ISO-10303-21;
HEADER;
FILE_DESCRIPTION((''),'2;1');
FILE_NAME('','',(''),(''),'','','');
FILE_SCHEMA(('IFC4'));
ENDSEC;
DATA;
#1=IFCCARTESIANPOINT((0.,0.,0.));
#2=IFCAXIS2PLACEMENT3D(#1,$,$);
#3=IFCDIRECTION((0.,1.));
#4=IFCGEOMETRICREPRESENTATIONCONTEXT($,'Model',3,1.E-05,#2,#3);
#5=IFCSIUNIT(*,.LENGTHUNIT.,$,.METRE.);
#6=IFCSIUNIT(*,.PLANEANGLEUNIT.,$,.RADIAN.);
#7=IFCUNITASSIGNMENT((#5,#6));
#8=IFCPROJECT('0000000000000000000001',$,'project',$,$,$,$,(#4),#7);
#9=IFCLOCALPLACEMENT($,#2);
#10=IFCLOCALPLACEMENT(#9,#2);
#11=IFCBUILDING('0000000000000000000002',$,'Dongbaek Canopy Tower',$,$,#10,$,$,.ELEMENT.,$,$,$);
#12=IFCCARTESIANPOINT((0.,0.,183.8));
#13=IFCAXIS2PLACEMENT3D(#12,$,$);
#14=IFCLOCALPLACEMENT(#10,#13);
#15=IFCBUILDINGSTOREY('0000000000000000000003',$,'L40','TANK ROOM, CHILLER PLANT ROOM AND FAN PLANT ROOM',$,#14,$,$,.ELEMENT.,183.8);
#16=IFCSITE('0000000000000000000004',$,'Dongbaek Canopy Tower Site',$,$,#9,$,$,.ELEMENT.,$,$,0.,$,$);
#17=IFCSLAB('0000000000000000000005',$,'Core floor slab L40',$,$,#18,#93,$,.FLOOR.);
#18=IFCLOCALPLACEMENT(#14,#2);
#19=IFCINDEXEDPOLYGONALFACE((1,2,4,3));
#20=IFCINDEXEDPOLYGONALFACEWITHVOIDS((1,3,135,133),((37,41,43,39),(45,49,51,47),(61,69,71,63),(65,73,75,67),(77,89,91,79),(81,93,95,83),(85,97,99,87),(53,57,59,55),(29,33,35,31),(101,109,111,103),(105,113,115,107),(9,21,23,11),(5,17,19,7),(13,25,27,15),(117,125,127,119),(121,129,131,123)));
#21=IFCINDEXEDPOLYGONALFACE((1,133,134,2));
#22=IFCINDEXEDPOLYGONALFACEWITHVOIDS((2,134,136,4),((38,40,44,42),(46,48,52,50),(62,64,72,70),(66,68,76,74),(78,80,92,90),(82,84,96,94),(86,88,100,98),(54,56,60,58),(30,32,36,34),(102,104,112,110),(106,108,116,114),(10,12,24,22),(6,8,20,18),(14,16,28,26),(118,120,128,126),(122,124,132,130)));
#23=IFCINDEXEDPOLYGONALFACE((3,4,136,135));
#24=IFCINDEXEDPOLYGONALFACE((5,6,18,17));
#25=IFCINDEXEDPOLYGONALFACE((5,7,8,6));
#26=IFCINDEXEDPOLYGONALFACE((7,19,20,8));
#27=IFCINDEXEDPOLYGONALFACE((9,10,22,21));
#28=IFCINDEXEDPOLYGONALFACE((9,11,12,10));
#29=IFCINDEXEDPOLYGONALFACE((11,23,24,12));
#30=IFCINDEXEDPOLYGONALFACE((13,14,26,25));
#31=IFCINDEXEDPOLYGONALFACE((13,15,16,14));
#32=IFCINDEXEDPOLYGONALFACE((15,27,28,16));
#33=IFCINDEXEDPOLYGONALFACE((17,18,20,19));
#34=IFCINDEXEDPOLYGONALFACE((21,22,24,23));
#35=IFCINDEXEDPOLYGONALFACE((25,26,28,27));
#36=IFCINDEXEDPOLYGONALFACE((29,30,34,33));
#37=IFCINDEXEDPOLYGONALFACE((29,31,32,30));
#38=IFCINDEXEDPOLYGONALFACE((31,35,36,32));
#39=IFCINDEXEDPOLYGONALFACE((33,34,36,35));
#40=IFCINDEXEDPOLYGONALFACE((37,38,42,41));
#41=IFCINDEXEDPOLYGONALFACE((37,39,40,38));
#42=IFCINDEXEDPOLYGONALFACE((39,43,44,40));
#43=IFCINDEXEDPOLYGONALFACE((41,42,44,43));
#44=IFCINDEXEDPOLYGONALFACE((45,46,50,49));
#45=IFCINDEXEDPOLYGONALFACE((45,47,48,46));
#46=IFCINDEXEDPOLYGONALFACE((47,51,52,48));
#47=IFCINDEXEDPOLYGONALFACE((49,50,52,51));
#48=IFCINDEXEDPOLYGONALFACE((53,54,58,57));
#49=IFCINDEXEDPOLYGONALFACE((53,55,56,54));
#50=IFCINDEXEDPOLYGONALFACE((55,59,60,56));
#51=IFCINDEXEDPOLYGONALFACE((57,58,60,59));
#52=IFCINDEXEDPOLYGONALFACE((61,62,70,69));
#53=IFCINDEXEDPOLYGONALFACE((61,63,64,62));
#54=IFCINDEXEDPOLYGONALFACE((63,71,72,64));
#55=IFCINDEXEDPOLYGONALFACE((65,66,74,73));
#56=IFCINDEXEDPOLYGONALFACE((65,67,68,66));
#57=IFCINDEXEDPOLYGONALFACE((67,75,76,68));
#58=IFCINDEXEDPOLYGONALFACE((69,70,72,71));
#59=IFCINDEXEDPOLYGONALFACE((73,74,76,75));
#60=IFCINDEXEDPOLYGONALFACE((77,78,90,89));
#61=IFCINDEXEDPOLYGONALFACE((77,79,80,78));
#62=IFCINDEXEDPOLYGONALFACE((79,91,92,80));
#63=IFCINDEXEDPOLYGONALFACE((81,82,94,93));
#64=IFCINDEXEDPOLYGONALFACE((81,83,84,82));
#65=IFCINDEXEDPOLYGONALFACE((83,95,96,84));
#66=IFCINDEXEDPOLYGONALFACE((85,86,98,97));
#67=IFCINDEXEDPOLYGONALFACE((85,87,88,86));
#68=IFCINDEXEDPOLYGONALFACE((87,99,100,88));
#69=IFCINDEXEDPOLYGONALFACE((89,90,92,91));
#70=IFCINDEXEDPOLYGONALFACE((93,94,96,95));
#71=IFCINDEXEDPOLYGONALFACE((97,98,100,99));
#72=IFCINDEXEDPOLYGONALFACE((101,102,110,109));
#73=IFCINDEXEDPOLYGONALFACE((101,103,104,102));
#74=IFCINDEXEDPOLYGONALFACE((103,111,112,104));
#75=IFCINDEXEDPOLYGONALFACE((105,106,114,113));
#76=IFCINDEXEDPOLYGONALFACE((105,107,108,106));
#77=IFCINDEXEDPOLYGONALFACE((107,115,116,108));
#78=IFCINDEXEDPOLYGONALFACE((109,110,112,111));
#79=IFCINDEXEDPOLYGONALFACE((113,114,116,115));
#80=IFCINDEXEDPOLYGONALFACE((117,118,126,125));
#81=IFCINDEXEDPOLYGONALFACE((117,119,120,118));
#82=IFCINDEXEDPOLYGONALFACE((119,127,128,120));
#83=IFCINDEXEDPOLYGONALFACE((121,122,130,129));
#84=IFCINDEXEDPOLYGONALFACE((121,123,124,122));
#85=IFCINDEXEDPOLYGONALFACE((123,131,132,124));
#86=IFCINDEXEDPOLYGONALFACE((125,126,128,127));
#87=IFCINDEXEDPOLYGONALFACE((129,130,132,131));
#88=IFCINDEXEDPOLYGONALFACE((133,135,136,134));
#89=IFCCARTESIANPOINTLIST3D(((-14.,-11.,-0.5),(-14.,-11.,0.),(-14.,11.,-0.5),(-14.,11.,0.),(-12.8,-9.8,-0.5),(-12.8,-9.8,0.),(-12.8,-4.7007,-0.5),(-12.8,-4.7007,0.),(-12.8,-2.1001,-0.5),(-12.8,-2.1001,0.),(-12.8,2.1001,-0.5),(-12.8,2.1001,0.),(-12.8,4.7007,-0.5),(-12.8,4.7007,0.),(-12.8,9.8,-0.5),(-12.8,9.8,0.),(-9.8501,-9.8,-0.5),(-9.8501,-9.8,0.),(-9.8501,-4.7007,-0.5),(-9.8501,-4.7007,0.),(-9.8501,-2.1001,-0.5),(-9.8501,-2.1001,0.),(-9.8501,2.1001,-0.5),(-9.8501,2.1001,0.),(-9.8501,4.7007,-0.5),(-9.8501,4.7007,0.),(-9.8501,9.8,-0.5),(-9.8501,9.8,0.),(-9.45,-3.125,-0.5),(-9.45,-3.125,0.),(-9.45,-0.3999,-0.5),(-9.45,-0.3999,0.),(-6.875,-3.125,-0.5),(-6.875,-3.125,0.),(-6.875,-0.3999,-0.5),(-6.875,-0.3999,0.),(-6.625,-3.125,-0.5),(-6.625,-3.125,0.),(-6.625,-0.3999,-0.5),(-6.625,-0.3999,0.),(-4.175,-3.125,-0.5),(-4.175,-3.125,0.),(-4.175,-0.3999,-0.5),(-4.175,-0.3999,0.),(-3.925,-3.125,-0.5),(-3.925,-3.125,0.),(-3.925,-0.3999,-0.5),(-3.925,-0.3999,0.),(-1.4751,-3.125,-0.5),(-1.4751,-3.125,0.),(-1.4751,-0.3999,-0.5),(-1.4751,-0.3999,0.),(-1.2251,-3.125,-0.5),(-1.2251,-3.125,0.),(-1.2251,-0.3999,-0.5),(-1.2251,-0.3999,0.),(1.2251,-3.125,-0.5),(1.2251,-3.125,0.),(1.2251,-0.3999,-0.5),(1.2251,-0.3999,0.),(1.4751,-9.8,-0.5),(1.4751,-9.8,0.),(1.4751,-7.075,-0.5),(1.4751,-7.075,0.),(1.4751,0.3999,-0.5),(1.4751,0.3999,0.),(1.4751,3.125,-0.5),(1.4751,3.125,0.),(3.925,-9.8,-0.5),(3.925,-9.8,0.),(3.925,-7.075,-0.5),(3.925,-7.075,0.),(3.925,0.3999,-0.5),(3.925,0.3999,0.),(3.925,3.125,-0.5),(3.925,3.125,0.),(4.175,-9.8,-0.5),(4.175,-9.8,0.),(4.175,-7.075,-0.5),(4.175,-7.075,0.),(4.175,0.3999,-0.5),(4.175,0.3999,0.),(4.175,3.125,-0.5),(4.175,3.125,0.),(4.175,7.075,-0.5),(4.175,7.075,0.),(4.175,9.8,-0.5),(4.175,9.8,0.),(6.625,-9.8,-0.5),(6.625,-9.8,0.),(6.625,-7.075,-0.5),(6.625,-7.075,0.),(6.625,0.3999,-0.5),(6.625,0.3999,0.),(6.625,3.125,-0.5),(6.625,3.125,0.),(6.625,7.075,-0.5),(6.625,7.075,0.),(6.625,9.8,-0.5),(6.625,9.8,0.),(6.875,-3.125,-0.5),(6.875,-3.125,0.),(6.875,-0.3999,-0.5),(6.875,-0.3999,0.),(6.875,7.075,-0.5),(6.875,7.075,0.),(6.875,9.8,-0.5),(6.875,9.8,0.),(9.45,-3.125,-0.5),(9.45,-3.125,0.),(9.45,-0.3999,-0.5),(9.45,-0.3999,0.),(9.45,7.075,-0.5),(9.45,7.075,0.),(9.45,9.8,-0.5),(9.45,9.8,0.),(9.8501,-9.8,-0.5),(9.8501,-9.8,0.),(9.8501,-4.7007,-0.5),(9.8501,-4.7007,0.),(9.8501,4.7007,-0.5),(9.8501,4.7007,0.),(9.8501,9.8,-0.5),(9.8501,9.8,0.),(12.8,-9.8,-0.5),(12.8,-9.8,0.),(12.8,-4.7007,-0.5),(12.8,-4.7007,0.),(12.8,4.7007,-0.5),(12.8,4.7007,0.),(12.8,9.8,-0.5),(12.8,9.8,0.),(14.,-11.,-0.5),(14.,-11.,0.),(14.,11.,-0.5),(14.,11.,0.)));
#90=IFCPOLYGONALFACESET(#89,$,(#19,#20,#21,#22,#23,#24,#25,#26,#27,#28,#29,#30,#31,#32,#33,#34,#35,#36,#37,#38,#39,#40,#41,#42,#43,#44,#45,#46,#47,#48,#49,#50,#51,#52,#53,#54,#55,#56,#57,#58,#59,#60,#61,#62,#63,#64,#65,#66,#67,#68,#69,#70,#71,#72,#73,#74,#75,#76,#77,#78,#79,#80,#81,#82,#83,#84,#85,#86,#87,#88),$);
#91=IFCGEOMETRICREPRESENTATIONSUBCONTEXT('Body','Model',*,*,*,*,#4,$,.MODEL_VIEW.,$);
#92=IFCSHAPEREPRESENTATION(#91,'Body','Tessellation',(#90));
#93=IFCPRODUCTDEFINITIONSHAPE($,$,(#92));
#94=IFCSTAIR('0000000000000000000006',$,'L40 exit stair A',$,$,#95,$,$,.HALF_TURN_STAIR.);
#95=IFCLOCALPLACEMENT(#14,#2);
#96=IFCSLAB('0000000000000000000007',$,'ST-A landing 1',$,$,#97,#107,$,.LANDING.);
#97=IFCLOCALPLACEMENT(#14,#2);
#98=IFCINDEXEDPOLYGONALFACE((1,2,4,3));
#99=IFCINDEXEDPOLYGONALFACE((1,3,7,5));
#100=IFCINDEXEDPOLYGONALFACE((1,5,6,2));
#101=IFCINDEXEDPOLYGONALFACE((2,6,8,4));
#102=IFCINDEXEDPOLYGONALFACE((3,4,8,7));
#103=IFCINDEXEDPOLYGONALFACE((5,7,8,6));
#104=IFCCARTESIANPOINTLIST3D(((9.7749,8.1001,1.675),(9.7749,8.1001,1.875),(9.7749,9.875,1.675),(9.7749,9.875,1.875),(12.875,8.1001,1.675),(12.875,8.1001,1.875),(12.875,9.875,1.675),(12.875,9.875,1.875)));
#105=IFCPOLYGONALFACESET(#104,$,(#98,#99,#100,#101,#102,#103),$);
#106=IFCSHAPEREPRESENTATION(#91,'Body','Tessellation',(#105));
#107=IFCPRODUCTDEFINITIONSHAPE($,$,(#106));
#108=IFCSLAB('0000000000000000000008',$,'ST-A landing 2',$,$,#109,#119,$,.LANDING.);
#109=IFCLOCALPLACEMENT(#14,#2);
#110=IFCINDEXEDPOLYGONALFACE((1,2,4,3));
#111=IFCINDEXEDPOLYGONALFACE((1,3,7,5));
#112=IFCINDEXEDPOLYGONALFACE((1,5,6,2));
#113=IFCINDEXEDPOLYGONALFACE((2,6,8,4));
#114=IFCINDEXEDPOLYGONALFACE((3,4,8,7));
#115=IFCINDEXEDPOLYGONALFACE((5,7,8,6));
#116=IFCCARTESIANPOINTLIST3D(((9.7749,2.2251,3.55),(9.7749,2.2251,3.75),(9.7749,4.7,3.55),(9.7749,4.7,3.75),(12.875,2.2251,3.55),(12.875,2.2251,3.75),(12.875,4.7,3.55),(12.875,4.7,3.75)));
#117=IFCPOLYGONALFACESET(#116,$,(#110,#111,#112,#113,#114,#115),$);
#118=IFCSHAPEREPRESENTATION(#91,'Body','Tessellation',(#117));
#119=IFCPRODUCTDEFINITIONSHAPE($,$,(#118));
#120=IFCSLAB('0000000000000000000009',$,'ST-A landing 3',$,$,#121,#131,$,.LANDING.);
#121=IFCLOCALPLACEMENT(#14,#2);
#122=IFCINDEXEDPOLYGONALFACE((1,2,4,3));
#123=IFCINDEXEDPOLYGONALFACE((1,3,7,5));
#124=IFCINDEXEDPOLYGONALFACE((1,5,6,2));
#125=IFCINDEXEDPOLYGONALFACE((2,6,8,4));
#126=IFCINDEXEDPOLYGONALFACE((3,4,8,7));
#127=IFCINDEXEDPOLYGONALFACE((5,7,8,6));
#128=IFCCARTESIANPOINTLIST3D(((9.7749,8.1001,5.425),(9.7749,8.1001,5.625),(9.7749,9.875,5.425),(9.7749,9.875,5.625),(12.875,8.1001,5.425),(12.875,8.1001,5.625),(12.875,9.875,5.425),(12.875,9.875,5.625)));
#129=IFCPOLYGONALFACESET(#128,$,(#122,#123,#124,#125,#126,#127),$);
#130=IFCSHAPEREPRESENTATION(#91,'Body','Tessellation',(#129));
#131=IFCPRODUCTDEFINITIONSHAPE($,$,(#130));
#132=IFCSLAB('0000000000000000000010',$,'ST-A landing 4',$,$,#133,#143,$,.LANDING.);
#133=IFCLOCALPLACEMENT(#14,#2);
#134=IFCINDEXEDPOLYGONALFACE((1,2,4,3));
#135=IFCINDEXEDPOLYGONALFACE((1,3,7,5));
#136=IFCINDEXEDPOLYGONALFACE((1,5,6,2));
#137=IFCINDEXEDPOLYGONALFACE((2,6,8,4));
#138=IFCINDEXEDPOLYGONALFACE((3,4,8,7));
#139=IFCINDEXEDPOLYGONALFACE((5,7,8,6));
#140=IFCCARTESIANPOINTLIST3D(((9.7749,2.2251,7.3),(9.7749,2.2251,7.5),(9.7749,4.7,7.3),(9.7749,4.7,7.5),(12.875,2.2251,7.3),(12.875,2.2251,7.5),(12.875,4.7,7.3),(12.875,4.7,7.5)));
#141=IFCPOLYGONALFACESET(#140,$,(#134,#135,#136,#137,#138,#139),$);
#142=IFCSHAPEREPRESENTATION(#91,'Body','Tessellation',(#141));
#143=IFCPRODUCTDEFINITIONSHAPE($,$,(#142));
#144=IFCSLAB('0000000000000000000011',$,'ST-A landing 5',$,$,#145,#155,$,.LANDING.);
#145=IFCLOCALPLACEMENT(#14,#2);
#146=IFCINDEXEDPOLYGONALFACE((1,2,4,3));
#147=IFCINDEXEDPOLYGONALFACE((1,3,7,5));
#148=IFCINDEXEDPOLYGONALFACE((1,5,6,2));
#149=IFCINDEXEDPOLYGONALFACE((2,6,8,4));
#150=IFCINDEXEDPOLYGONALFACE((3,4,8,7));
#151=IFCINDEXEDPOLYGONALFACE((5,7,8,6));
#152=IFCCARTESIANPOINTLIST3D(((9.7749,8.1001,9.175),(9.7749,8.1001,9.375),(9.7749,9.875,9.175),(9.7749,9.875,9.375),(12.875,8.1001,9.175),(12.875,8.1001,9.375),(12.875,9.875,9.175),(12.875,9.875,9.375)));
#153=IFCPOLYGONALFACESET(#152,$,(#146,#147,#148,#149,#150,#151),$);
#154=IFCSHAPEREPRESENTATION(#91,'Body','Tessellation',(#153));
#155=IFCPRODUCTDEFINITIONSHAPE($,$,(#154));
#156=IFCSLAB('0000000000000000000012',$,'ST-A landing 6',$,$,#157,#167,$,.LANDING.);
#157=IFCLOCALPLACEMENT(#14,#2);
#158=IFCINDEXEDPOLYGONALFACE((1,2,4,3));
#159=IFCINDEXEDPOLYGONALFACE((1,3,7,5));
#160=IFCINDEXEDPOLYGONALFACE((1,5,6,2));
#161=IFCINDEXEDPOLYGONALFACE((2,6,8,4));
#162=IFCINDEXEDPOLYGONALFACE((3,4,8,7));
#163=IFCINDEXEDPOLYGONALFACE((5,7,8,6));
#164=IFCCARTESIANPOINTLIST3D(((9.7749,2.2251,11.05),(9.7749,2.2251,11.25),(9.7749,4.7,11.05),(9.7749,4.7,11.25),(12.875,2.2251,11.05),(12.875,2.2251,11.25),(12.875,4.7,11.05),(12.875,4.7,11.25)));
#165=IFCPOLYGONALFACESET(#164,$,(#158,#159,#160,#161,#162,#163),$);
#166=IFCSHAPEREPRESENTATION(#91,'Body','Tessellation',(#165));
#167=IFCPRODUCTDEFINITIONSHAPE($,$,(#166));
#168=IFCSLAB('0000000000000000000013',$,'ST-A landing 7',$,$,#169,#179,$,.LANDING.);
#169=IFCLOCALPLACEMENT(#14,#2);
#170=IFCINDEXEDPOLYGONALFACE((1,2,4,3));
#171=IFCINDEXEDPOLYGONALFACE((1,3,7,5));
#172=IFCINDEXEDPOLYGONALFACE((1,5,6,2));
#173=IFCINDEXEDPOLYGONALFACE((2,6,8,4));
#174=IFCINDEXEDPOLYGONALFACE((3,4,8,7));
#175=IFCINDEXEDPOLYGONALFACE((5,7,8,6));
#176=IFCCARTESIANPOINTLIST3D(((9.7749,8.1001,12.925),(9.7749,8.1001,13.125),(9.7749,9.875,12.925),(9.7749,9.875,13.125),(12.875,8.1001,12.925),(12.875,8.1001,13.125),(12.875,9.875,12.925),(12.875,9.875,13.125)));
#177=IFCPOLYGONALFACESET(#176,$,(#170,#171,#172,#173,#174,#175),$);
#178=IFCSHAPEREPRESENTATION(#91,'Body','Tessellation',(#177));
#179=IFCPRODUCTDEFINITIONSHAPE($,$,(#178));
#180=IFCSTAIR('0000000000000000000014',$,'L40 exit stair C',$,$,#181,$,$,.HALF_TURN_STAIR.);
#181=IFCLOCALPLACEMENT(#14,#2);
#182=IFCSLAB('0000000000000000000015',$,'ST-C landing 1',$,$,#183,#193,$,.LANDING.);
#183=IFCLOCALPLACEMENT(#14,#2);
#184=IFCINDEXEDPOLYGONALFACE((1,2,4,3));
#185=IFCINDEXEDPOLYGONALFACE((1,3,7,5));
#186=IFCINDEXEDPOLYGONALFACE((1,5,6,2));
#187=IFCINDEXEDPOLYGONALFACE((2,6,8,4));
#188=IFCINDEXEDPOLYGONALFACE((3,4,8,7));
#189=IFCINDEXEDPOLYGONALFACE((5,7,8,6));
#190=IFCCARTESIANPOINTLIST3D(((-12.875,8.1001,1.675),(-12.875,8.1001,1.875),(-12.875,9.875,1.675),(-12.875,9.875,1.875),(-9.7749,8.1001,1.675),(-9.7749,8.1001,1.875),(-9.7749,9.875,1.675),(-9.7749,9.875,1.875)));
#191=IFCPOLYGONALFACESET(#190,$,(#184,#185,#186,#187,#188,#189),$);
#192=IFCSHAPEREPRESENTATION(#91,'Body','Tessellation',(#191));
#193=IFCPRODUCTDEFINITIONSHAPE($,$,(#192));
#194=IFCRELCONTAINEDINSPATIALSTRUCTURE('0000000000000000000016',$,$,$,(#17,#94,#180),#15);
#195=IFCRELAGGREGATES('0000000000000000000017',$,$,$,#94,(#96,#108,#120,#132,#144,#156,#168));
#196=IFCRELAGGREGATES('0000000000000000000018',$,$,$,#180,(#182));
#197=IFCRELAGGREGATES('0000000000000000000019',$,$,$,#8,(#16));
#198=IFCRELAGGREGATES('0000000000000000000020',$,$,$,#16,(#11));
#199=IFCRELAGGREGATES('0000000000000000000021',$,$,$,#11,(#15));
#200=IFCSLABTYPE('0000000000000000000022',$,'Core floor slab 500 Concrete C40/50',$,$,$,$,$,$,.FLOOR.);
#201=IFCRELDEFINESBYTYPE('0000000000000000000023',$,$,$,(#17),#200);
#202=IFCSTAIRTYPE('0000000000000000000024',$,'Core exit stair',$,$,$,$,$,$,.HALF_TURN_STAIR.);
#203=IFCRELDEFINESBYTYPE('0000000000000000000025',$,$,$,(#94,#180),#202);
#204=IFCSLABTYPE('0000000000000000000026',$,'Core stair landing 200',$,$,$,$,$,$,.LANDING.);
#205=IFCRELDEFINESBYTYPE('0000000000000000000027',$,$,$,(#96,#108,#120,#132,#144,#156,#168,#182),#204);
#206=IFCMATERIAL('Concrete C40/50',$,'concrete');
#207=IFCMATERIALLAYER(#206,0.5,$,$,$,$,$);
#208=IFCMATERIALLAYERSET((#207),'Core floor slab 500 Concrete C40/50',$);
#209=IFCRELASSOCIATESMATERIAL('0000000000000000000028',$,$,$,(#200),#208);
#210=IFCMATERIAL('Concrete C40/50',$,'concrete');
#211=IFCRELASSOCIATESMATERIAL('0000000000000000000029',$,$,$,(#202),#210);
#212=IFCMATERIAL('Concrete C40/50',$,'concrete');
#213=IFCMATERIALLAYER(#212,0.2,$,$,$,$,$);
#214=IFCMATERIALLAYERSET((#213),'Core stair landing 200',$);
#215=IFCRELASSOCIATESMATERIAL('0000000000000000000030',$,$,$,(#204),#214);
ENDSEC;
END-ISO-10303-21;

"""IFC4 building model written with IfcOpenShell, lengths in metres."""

from ifc_helpers import new_model, si_unit, direction, frame, origin, place, context, subcontext, project, spatial, polyline, outline, extrude, material, layer, layer_set, type_object, element, aggregate, save


model = new_model("IFC4")

# Units and contexts
model_context = context("Model", 3, precision=1e-05, world=origin(), true_north=direction((0.0, 1.0)))
body_context = subcontext(model_context, "Body", "Model", "MODEL_VIEW")
ifc_project = project(units=[si_unit("LENGTHUNIT", "METRE"), si_unit("PLANEANGLEUNIT", "RADIAN")], contexts=[model_context])

# Site, building, storey
site_placement = place(None, origin())
site = spatial("IfcSite", under=ifc_project, at=site_placement, Name="Dongbaek Canopy Tower Site", CompositionType="ELEMENT", RefElevation=0.0)
building_placement = place(site_placement, origin())
building = spatial("IfcBuilding", under=site, at=building_placement, Name="Dongbaek Canopy Tower", CompositionType="ELEMENT")
storey_placement = place(building_placement, frame((0.0, 0.0, 183.8)))
storey = spatial("IfcBuildingStorey", under=building, at=storey_placement, Name="L40", Description="TANK ROOM, CHILLER PLANT ROOM AND FAN PLANT ROOM", CompositionType="ELEMENT", Elevation=183.8)

# Slab
ifc_material_1 = material(Name="Concrete C40/50", Category="concrete")
ifc_layer_1 = layer(ifc_material_1, 0.5)
ifc_layer_set_1 = layer_set([ifc_layer_1], Name="Core floor slab 500 Concrete C40/50")
slab_type_1 = type_object("IfcSlabType", Name="Core floor slab 500 Concrete C40/50", PredefinedType="FLOOR", material=ifc_layer_set_1)
slab_1_placement = place(storey_placement, frame((0.0, 0.0, -0.5)))
element("IfcSlab", 1, at=slab_1_placement, inside=storey, type_object=slab_type_1, Name="Core floor slab L40", PredefinedType="FLOOR", context=body_context, shape_type="SweptSolid", body=[
    extrude(outline(polyline([(14.0, -11.0), (14.0, 11.0), (-14.0, 11.0), (-14.0, -11.0), (14.0, -11.0)]), holes=[polyline([(-12.8, 2.1001), (-9.8501, 2.1001), (-9.8501, -2.1001), (-12.8, -2.1001), (-12.8, 2.1001)]), polyline([(6.625, 9.8), (6.625, 7.075), (4.175, 7.075), (4.175, 9.8), (6.625, 9.8)]), polyline([(9.45, 7.075), (6.875, 7.075), (6.875, 9.8), (9.45, 9.8), (9.45, 7.075)]), polyline([(3.925, 3.125), (3.925, 0.3999), (1.4751, 0.3999), (1.4751, 3.125), (3.925, 3.125)]), polyline([(4.175, 3.125), (6.625, 3.125), (6.625, 0.3999), (4.175, 0.3999), (4.175, 3.125)]), polyline([(-9.45, -0.3999), (-6.875, -0.3999), (-6.875, -3.125), (-9.45, -3.125), (-9.45, -0.3999)]), polyline([(-6.625, -0.3999), (-4.175, -0.3999), (-4.175, -3.125), (-6.625, -3.125), (-6.625, -0.3999)]), polyline([(-3.925, -0.3999), (-1.4751, -0.3999), (-1.4751, -3.125), (-3.925, -3.125), (-3.925, -0.3999)]), polyline([(-1.2251, -0.3999), (1.2251, -0.3999), (1.2251, -3.125), (-1.2251, -3.125), (-1.2251, -0.3999)]), polyline([(9.45, -3.125), (6.875, -3.125), (6.875, -0.3999), (9.45, -0.3999), (9.45, -3.125)]), polyline([(1.4751, -9.8), (1.4751, -7.075), (3.925, -7.075), (3.925, -9.8), (1.4751, -9.8)]), polyline([(4.175, -9.8), (4.175, -7.075), (6.625, -7.075), (6.625, -9.8), (4.175, -9.8)]), polyline([(12.8, 4.7007), (12.8, 9.8), (9.8501, 9.8), (9.8501, 4.7007), (12.8, 4.7007)]), polyline([(-9.8501, 4.7007), (-9.8501, 9.8), (-12.8, 9.8), (-12.8, 4.7007), (-9.8501, 4.7007)]), polyline([(9.8501, -4.7007), (9.8501, -9.8), (12.8, -9.8), (12.8, -4.7007), (9.8501, -4.7007)]), polyline([(-12.8, -4.7007), (-12.8, -9.8), (-9.8501, -9.8), (-9.8501, -4.7007), (-12.8, -4.7007)])]), origin(), (0.0, 0.0, 1.0), 0.5),
])

# Stairs, slabs
ifc_material_2 = material(Name="Concrete C40/50", Category="concrete")
stair_type = type_object("IfcStairType", Name="Core exit stair", PredefinedType="HALF_TURN_STAIR", material=ifc_material_2)
stair_1_placement = place(storey_placement, origin())
stair_1 = element("IfcStair", 2, at=stair_1_placement, inside=storey, type_object=stair_type, Name="L40 exit stair A", PredefinedType="HALF_TURN_STAIR")
ifc_material_3 = material(Name="Concrete C40/50", Category="concrete")
ifc_layer_2 = layer(ifc_material_3, 0.2)
ifc_layer_set_2 = layer_set([ifc_layer_2], Name="Core stair landing 200")
slab_type_2 = type_object("IfcSlabType", Name="Core stair landing 200", PredefinedType="LANDING", material=ifc_layer_set_2)
slab_2_placement = place(storey_placement, frame((0.0, 0.0, 1.675)))
slab_2 = element("IfcSlab", 3, at=slab_2_placement, type_object=slab_type_2, Name="ST-A landing 1", PredefinedType="LANDING", context=body_context, shape_type="SweptSolid", body=[
    extrude(outline(polyline([(12.875, 8.1001), (12.875, 9.875), (9.7749, 9.875), (9.7749, 8.1001), (12.875, 8.1001)])), origin(), (0.0, 0.0, 1.0), 0.2),
])
slab_3_placement = place(storey_placement, frame((0.0, 0.0, 3.55)))
slab_3 = element("IfcSlab", 4, at=slab_3_placement, type_object=slab_type_2, Name="ST-A landing 2", PredefinedType="LANDING", context=body_context, shape_type="SweptSolid", body=[
    extrude(outline(polyline([(12.875, 2.2251), (12.875, 4.7), (9.7749, 4.7), (9.7749, 2.2251), (12.875, 2.2251)])), origin(), (0.0, 0.0, 1.0), 0.2),
])
slab_4_placement = place(storey_placement, frame((0.0, 0.0, 5.425)))
slab_4 = element("IfcSlab", 5, at=slab_4_placement, type_object=slab_type_2, Name="ST-A landing 3", PredefinedType="LANDING", context=body_context, shape_type="SweptSolid", body=[
    extrude(outline(polyline([(12.875, 8.1001), (12.875, 9.875), (9.7749, 9.875), (9.7749, 8.1001), (12.875, 8.1001)])), origin(), (0.0, 0.0, 1.0), 0.2),
])
slab_5_placement = place(storey_placement, frame((0.0, 0.0, 7.3)))
slab_5 = element("IfcSlab", 6, at=slab_5_placement, type_object=slab_type_2, Name="ST-A landing 4", PredefinedType="LANDING", context=body_context, shape_type="SweptSolid", body=[
    extrude(outline(polyline([(12.875, 2.2251), (12.875, 4.7), (9.7749, 4.7), (9.7749, 2.2251), (12.875, 2.2251)])), origin(), (0.0, 0.0, 1.0), 0.2),
])
slab_6_placement = place(storey_placement, frame((0.0, 0.0, 9.175)))
slab_6 = element("IfcSlab", 7, at=slab_6_placement, type_object=slab_type_2, Name="ST-A landing 5", PredefinedType="LANDING", context=body_context, shape_type="SweptSolid", body=[
    extrude(outline(polyline([(12.875, 8.1001), (12.875, 9.875), (9.7749, 9.875), (9.7749, 8.1001), (12.875, 8.1001)])), origin(), (0.0, 0.0, 1.0), 0.2),
])
slab_7_placement = place(storey_placement, frame((0.0, 0.0, 11.05)))
slab_7 = element("IfcSlab", 8, at=slab_7_placement, type_object=slab_type_2, Name="ST-A landing 6", PredefinedType="LANDING", context=body_context, shape_type="SweptSolid", body=[
    extrude(outline(polyline([(12.875, 2.2251), (12.875, 4.7), (9.7749, 4.7), (9.7749, 2.2251), (12.875, 2.2251)])), origin(), (0.0, 0.0, 1.0), 0.2),
])
slab_8_placement = place(storey_placement, frame((0.0, 0.0, 12.925)))
slab_8 = element("IfcSlab", 9, at=slab_8_placement, type_object=slab_type_2, Name="ST-A landing 7", PredefinedType="LANDING", context=body_context, shape_type="SweptSolid", body=[
    extrude(outline(polyline([(12.875, 8.1001), (12.875, 9.875), (9.7749, 9.875), (9.7749, 8.1001), (12.875, 8.1001)])), origin(), (0.0, 0.0, 1.0), 0.2),
])
aggregate(stair_1, [slab_2, slab_3, slab_4, slab_5, slab_6, slab_7, slab_8])
stair_2_placement = place(storey_placement, origin())
stair_2 = element("IfcStair", 10, at=stair_2_placement, inside=storey, type_object=stair_type, Name="L40 exit stair C", PredefinedType="HALF_TURN_STAIR")
slab_9_placement = place(storey_placement, frame((0.0, 0.0, 1.675)))
slab_9 = element("IfcSlab", 11, at=slab_9_placement, type_object=slab_type_2, Name="ST-C landing 1", PredefinedType="LANDING", context=body_context, shape_type="SweptSolid", body=[
    extrude(outline(polyline([(-9.7749, 8.1001), (-9.7749, 9.875), (-12.875, 9.875), (-12.875, 8.1001), (-9.7749, 8.1001)])), origin(), (0.0, 0.0, 1.0), 0.2),
])
aggregate(stair_2, [slab_9])

save(model, "model.ifc")
